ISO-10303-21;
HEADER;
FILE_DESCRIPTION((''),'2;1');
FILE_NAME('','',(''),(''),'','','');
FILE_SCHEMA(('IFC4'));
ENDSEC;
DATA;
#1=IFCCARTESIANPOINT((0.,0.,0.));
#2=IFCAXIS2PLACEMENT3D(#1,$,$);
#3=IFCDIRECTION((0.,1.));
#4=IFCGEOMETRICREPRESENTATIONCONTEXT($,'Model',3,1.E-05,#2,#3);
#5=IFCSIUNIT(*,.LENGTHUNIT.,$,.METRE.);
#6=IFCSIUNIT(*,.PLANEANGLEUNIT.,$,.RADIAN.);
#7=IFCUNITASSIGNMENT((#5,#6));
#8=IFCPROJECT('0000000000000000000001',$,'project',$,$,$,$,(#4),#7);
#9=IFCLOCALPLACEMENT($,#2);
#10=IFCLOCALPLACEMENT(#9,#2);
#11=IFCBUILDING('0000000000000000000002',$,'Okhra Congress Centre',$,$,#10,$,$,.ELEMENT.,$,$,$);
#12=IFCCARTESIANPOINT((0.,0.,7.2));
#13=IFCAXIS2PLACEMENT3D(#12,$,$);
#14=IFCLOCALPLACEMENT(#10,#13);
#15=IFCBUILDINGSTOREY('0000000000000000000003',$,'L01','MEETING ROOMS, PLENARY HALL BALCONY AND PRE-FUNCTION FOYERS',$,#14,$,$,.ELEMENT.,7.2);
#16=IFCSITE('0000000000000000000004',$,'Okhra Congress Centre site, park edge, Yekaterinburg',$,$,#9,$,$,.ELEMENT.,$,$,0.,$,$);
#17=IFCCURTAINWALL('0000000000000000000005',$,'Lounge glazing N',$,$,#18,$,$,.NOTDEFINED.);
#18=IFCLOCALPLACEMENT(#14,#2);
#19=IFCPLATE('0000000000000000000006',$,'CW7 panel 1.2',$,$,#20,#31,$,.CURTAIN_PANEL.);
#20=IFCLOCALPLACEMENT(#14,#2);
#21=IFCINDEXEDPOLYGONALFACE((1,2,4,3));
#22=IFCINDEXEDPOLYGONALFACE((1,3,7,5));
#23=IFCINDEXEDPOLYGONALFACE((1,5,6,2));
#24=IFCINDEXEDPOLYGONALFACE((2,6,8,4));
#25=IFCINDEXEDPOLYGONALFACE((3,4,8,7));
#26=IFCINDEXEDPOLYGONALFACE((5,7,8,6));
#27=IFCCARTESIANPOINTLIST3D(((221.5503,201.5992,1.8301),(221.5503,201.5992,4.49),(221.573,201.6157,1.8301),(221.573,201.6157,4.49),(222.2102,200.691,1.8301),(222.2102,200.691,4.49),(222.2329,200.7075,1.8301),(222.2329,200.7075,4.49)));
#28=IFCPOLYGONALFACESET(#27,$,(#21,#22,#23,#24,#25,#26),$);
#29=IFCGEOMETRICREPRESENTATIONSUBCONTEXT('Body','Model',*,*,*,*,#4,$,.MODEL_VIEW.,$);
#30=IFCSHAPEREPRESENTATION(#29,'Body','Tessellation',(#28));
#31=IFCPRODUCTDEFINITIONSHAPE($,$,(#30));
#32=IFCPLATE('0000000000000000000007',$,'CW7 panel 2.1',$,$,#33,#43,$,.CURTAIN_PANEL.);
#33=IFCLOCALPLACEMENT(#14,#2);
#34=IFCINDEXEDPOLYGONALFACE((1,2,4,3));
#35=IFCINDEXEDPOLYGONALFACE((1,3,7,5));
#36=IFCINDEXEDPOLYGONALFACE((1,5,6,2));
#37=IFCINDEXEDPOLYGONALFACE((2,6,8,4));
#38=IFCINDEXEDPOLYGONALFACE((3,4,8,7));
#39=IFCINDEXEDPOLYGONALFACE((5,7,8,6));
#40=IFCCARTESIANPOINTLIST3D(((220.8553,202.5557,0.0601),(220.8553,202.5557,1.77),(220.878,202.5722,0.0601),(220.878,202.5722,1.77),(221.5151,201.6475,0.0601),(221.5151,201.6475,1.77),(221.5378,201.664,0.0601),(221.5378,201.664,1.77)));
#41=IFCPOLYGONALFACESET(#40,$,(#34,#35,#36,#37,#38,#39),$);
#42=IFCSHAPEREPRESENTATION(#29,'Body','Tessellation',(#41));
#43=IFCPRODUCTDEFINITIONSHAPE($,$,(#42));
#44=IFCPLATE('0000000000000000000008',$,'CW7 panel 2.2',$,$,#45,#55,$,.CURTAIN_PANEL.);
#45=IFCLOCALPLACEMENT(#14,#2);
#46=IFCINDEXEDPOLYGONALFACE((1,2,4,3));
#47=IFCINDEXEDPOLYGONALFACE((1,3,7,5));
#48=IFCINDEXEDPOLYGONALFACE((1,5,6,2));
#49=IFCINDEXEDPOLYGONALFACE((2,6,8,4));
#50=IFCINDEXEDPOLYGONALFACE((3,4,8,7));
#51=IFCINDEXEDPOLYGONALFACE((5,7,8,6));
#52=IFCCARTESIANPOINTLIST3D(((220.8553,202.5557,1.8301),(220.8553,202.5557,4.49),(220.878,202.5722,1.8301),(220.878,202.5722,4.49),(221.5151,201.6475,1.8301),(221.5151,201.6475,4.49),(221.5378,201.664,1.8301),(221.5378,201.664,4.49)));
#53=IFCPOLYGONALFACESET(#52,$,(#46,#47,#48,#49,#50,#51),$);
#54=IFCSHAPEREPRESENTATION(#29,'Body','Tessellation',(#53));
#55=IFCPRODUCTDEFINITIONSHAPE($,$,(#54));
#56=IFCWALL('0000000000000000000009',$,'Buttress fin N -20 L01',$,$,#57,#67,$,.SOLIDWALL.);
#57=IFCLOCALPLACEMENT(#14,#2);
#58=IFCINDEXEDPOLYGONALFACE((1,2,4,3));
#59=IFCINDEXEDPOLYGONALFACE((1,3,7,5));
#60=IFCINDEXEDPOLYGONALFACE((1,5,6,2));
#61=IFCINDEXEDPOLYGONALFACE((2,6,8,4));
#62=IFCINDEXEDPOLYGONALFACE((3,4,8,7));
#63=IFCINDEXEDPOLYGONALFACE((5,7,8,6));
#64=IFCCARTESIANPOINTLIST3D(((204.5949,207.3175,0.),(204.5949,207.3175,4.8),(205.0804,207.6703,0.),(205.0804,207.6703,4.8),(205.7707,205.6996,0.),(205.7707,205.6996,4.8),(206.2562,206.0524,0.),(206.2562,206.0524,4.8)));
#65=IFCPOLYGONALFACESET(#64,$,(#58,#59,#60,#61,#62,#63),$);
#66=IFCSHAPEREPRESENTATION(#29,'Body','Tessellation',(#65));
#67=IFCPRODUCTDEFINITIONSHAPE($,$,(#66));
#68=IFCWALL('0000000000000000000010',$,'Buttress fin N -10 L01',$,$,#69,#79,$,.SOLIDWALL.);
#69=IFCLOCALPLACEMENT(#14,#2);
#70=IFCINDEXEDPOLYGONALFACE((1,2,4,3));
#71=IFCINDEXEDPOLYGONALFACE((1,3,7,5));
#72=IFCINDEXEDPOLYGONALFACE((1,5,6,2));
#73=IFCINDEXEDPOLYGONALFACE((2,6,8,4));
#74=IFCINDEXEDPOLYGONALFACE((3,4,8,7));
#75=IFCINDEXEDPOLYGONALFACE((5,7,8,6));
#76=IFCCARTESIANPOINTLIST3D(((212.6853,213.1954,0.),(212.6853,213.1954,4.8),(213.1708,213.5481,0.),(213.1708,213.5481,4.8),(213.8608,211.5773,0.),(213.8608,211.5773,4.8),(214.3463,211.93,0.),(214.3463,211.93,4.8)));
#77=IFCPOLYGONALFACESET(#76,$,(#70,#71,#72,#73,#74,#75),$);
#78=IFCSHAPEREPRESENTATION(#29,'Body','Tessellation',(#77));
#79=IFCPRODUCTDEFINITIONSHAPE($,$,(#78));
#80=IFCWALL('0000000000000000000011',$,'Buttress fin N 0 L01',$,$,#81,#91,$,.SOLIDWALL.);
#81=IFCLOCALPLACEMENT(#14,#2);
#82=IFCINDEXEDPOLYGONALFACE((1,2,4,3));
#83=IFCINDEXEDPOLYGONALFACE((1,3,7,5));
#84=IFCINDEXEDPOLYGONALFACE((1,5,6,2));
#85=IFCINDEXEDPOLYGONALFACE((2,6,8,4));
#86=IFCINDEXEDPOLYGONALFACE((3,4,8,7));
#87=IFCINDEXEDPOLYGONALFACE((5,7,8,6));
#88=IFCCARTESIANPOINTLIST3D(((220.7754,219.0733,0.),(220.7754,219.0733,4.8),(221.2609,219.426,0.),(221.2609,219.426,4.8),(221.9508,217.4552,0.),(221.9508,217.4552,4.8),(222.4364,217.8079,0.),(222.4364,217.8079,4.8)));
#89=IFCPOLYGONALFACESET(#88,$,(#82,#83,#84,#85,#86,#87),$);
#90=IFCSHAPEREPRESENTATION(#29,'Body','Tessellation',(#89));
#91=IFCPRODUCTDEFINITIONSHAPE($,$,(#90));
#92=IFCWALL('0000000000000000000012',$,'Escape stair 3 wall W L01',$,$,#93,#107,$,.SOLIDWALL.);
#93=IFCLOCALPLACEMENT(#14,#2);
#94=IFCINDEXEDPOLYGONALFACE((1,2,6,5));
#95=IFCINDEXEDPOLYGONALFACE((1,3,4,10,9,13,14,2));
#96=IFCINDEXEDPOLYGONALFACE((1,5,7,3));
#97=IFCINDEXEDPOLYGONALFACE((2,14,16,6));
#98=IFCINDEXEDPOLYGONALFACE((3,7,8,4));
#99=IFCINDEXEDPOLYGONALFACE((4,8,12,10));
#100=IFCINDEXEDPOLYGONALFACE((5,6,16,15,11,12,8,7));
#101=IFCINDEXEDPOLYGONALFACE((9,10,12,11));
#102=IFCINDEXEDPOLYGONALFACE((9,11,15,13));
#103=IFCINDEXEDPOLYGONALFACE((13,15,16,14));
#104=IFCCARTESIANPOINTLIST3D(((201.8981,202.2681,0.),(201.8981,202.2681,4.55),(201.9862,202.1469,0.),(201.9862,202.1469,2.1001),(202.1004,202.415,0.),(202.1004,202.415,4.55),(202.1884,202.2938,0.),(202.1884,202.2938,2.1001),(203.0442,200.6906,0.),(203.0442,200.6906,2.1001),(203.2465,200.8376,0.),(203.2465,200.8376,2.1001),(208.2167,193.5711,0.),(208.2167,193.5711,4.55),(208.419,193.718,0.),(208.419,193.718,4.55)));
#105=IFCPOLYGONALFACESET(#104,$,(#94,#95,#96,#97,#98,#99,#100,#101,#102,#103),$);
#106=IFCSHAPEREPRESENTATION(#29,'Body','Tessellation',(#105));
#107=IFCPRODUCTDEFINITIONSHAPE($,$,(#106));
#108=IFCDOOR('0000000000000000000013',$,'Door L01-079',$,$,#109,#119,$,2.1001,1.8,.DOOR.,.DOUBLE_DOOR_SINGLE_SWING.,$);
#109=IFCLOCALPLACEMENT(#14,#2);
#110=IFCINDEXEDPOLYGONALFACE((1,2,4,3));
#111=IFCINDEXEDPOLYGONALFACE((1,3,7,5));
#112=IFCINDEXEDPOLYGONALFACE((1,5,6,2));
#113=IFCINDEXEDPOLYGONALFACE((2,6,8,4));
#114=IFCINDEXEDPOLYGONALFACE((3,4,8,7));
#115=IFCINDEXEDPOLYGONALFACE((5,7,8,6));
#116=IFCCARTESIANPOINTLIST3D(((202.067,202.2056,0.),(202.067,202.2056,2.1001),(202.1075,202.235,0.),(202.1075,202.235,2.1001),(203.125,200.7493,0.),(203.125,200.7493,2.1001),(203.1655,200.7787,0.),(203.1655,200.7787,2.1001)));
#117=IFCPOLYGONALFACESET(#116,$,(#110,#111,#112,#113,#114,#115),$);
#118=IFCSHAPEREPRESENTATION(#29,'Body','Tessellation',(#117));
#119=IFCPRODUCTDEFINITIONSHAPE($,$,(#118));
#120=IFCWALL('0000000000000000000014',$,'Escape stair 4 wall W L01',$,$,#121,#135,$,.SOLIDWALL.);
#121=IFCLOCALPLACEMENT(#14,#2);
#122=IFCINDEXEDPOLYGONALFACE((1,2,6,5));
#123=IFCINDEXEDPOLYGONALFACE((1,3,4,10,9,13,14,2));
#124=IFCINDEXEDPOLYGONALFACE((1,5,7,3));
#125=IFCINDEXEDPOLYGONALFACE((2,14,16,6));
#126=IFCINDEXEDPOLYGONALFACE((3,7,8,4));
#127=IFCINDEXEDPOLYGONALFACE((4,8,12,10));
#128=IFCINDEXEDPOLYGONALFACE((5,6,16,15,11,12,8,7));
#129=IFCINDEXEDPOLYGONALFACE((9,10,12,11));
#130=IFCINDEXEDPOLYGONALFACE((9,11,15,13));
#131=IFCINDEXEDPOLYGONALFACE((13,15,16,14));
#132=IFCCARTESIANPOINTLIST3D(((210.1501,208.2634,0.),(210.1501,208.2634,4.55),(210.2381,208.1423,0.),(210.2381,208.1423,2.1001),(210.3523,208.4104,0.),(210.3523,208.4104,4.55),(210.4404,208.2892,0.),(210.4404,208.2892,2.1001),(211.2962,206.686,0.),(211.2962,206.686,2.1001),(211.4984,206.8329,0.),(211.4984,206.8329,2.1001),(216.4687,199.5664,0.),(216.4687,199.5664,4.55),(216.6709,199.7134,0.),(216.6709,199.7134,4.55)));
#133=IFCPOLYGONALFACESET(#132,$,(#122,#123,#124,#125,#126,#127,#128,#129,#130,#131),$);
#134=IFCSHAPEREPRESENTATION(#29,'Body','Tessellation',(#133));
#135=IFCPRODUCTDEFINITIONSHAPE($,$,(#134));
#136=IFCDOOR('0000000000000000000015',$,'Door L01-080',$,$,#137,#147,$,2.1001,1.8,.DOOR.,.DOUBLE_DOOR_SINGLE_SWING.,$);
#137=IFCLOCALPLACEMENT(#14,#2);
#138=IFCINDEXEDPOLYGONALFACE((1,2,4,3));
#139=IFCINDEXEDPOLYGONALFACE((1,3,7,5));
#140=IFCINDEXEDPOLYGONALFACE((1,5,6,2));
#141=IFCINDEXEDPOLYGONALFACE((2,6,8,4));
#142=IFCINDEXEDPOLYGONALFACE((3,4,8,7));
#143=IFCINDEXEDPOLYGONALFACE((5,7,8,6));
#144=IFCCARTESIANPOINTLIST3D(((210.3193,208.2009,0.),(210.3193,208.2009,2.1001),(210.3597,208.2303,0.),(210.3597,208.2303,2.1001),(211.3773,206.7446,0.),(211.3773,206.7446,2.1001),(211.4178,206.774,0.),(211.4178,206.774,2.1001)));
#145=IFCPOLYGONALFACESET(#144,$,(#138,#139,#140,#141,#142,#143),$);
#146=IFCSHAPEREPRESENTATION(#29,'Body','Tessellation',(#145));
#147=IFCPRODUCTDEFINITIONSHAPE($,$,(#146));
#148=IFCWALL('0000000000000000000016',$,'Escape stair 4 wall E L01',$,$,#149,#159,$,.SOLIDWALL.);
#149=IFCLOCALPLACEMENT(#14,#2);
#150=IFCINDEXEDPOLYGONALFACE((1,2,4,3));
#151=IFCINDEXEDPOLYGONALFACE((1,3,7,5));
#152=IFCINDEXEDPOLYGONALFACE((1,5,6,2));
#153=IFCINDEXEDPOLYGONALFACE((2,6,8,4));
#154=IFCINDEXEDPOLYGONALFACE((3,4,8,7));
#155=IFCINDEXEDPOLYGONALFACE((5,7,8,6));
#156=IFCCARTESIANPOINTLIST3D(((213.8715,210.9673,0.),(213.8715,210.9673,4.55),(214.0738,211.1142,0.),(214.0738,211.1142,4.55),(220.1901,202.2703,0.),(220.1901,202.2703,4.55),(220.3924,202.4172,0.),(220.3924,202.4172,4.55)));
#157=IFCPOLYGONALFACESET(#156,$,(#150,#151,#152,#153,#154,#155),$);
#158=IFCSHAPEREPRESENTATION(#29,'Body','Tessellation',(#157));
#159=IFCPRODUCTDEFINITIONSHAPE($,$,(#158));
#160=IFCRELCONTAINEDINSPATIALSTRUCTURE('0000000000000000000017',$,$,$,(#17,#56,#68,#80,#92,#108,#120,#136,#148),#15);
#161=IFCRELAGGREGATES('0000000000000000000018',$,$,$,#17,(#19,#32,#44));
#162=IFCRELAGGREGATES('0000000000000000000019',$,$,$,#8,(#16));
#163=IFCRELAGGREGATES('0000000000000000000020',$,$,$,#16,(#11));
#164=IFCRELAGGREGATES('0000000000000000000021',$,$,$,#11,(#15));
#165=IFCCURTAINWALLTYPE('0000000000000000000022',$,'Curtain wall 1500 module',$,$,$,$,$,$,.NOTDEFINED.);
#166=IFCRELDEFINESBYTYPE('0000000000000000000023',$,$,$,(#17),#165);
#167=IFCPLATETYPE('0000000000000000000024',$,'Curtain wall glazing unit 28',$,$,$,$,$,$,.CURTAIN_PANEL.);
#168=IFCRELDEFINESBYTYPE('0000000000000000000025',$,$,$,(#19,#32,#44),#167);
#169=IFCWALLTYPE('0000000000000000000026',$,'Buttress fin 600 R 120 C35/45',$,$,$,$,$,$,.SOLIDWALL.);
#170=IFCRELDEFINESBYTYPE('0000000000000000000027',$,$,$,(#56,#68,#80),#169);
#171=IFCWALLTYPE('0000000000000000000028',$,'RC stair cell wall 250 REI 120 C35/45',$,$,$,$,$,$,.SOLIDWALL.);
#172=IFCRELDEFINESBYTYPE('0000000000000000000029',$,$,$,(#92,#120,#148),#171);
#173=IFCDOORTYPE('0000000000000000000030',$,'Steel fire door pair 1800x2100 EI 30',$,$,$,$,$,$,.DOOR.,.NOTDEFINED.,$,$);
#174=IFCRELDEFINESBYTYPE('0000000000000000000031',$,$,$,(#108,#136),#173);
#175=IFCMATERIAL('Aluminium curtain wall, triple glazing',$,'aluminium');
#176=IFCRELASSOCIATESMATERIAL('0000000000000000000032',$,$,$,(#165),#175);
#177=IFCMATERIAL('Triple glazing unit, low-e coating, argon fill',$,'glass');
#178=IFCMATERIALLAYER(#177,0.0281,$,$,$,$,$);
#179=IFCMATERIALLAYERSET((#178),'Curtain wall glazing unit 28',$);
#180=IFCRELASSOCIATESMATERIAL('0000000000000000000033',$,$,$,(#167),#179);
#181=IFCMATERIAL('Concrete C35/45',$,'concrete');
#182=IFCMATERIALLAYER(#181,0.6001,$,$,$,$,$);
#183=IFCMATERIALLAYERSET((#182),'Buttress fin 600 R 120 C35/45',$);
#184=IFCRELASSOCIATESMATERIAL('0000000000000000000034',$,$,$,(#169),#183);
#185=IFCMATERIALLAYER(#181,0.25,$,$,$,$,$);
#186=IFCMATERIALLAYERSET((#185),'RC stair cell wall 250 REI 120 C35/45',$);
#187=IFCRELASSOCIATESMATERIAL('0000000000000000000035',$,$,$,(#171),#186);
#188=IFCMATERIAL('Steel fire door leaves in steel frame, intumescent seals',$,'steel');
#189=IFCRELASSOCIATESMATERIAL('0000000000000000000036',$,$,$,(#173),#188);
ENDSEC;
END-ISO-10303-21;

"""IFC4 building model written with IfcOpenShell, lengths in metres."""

from ifc_helpers import new_model, si_unit, direction, frame, frame_2d, origin, origin_2d, place, context, subcontext, project, spatial, rectangle, extrude, material, layer, layer_set, type_object, element, fill, aggregate, save


model = new_model("IFC4")

# Units and contexts
model_context = context("Model", 3, precision=1e-05, world=origin(), true_north=direction((0.0, 1.0)))
body_context = subcontext(model_context, "Body", "Model", "MODEL_VIEW")
ifc_project = project(units=[si_unit("LENGTHUNIT", "METRE"), si_unit("PLANEANGLEUNIT", "RADIAN")], contexts=[model_context])

# Site, building, storey
site_placement = place(None, origin())
site = spatial("IfcSite", under=ifc_project, at=site_placement, Name="Okhra Congress Centre site, park edge, Yekaterinburg", CompositionType="ELEMENT", RefElevation=0.0)
building_placement = place(site_placement, origin())
building = spatial("IfcBuilding", under=site, at=building_placement, Name="Okhra Congress Centre", CompositionType="ELEMENT")
storey_placement = place(building_placement, frame((0.0, 0.0, 7.2)))
storey = spatial("IfcBuildingStorey", under=building, at=storey_placement, Name="L01", Description="MEETING ROOMS, PLENARY HALL BALCONY AND PRE-FUNCTION FOYERS", CompositionType="ELEMENT", Elevation=7.2)

# Curtain wall, plates
ifc_material_1 = material(Name="Aluminium curtain wall, triple glazing", Category="aluminium")
curtain_wall_type = type_object("IfcCurtainWallType", Name="Curtain wall 1500 module", PredefinedType="NOTDEFINED", material=ifc_material_1)
curtain_wall_placement = place(storey_placement, origin())
curtain_wall = element("IfcCurtainWall", 1, at=curtain_wall_placement, inside=storey, type_object=curtain_wall_type, Name="Lounge glazing N", PredefinedType="NOTDEFINED")
ifc_material_2 = material(Name="Triple glazing unit, low-e coating, argon fill", Category="glass")
ifc_layer_1 = layer(ifc_material_2, 0.0281)
ifc_layer_set_1 = layer_set([ifc_layer_1], Name="Curtain wall glazing unit 28")
plate_type = type_object("IfcPlateType", Name="Curtain wall glazing unit 28", PredefinedType="CURTAIN_PANEL", material=ifc_layer_set_1)
plate_1_placement = place(storey_placement, frame((221.8916, 201.1533, 1.8301), z_axis=(0.0, 0.0, 1.0), x_axis=(-0.587785, 0.809017, 0.0)))
plate_1 = element("IfcPlate", 2, at=plate_1_placement, type_object=plate_type, Name="CW7 panel 1.2", PredefinedType="CURTAIN_PANEL", context=body_context, shape_type="SweptSolid", body=[
    extrude(rectangle(XDim=1.1226, YDim=0.0281, at=origin_2d()), origin(), (0.0, 0.0, 1.0), 2.6599),
])
plate_2_placement = place(storey_placement, frame((221.1965, 202.1099, 0.0601), z_axis=(0.0, 0.0, 1.0), x_axis=(-0.587785, 0.809017, 0.0)))
plate_2 = element("IfcPlate", 3, at=plate_2_placement, type_object=plate_type, Name="CW7 panel 2.1", PredefinedType="CURTAIN_PANEL", context=body_context, shape_type="SweptSolid", body=[
    extrude(rectangle(XDim=1.1226, YDim=0.0281, at=origin_2d()), origin(), (0.0, 0.0, 1.0), 1.71),
])
plate_3_placement = place(storey_placement, frame((221.1965, 202.1099, 1.8301), z_axis=(0.0, 0.0, 1.0), x_axis=(-0.587785, 0.809017, 0.0)))
plate_3 = element("IfcPlate", 4, at=plate_3_placement, type_object=plate_type, Name="CW7 panel 2.2", PredefinedType="CURTAIN_PANEL", context=body_context, shape_type="SweptSolid", body=[
    extrude(rectangle(XDim=1.1226, YDim=0.0281, at=origin_2d()), origin(), (0.0, 0.0, 1.0), 2.6599),
])
aggregate(curtain_wall, [plate_1, plate_2, plate_3])

# Walls
ifc_material_3 = material(Name="Concrete C35/45", Category="concrete")
ifc_layer_2 = layer(ifc_material_3, 0.6001)
ifc_layer_set_2 = layer_set([ifc_layer_2], Name="Buttress fin 600 R 120 C35/45")
wall_type_1 = type_object("IfcWallType", Name="Buttress fin 600 R 120 C35/45", PredefinedType="SOLIDWALL", material=ifc_layer_set_2)
for number, where, z_axis, x_axis, name in (
    (5, (206.0134, 205.876, 0.0), (0.0, 0.0, 1.0), (-0.587881, 0.808947, 0.0), "Buttress fin N -20 L01"),
    (6, (214.1035, 211.7537, 0.0), (0.0, 0.0, 1.0), (-0.587743, 0.809047, 0.0), "Buttress fin N -10 L01"),
    (7, (222.1936, 217.6316, 0.0), (0.0, 0.0, 1.0), (-0.587743, 0.809047, 0.0), "Buttress fin N 0 L01"),
):
    element("IfcWall", number, at=place(storey_placement, frame(where, z_axis=z_axis, x_axis=x_axis)), inside=storey, type_object=wall_type_1, Name=name, PredefinedType="SOLIDWALL", context=body_context, shape_type="SweptSolid", body=[
        extrude(rectangle(XDim=2.0, YDim=0.6001, at=frame_2d((1.0, 0.0))), origin(), (0.0, 0.0, 1.0), 4.8),
    ])

# Walls, openings, doors
ifc_layer_3 = layer(ifc_material_3, 0.25)
ifc_layer_set_3 = layer_set([ifc_layer_3], Name="RC stair cell wall 250 REI 120 C35/45")
wall_type_2 = type_object("IfcWallType", Name="RC stair cell wall 250 REI 120 C35/45", PredefinedType="SOLIDWALL", material=ifc_layer_set_3)
wall_1_placement = place(storey_placement, frame((201.9993, 202.3416, 0.0), z_axis=(0.0, 0.0, 1.0), x_axis=(0.587776, -0.809024, 0.0)))
wall_1 = element("IfcWall", 8, at=wall_1_placement, inside=storey, type_object=wall_type_2, Name="Escape stair 3 wall W L01", PredefinedType="SOLIDWALL", context=body_context, shape_type="SweptSolid", body=[
    extrude(rectangle(XDim=10.75, YDim=0.25, at=frame_2d((5.375, 0.0))), origin(), (0.0, 0.0, 1.0), 4.55),
])
opening_1_placement = place(wall_1_placement, frame((0.1499, 0.0, 0.0)))
opening_1 = element("IfcOpeningElement", 9, at=opening_1_placement, cuts=wall_1, PredefinedType="OPENING", context=body_context, shape_type="SweptSolid", body=[
    extrude(rectangle(XDim=1.8, YDim=2.1001, at=frame_2d((0.8999, 1.05))), frame((0.0, 0.135, 0.0), z_axis=(0.0, -1.0, 0.0), x_axis=(1.0, 0.0, 0.0)), (0.0, 0.0, 1.0), 0.27),
])
ifc_material_4 = material(Name="Steel fire door leaves in steel frame, intumescent seals", Category="steel")
door_type = type_object("IfcDoorType", Name="Steel fire door pair 1800x2100 EI 30", OperationType="NOTDEFINED", PredefinedType="DOOR", material=ifc_material_4)
door_1_placement = place(opening_1_placement, origin())
door_1 = element("IfcDoor", 10, at=door_1_placement, inside=storey, type_object=door_type, Name="Door L01-079", OperationType="DOUBLE_DOOR_SINGLE_SWING", OverallHeight=2.1001, OverallWidth=1.8, PredefinedType="DOOR", context=body_context, shape_type="SweptSolid", body=[
    extrude(rectangle(XDim=1.8, YDim=2.1001, at=frame_2d((0.8999, 1.05))), frame((0.0, 0.0249, 0.0), z_axis=(0.0, -1.0, 0.0), x_axis=(1.0, 0.0, 0.0)), (0.0, 0.0, 1.0), 0.05),
])
fill(opening_1, door_1)
wall_2_placement = place(storey_placement, frame((210.2512, 208.3369, 0.0), z_axis=(0.0, 0.0, 1.0), x_axis=(0.587776, -0.809024, 0.0)))
wall_2 = element("IfcWall", 11, at=wall_2_placement, inside=storey, type_object=wall_type_2, Name="Escape stair 4 wall W L01", PredefinedType="SOLIDWALL", context=body_context, shape_type="SweptSolid", body=[
    extrude(rectangle(XDim=10.75, YDim=0.25, at=frame_2d((5.375, 0.0))), origin(), (0.0, 0.0, 1.0), 4.55),
])
opening_2_placement = place(wall_2_placement, frame((0.1499, 0.0, 0.0)))
opening_2 = element("IfcOpeningElement", 12, at=opening_2_placement, cuts=wall_2, PredefinedType="OPENING", context=body_context, shape_type="SweptSolid", body=[
    extrude(rectangle(XDim=1.8, YDim=2.1001, at=frame_2d((0.8999, 1.05))), frame((0.0, 0.135, 0.0), z_axis=(0.0, -1.0, 0.0), x_axis=(1.0, 0.0, 0.0)), (0.0, 0.0, 1.0), 0.27),
])
door_2_placement = place(opening_2_placement, frame((1.8, 0.0, 0.0), z_axis=(0.0, 0.0, 1.0), x_axis=(-1.0, 0.0, 0.0)))
door_2 = element("IfcDoor", 13, at=door_2_placement, inside=storey, type_object=door_type, Name="Door L01-080", OperationType="DOUBLE_DOOR_SINGLE_SWING", OverallHeight=2.1001, OverallWidth=1.8, PredefinedType="DOOR", context=body_context, shape_type="SweptSolid", body=[
    extrude(rectangle(XDim=1.8, YDim=2.1001, at=frame_2d((0.8999, 1.05))), frame((0.0, 0.0249, 0.0), z_axis=(0.0, -1.0, 0.0), x_axis=(1.0, 0.0, 0.0)), (0.0, 0.0, 1.0), 0.05),
])
fill(opening_2, door_2)

# Wall
wall_3_placement = place(storey_placement, frame((213.9727, 211.0408, 0.0), z_axis=(0.0, 0.0, 1.0), x_axis=(0.587776, -0.809024, 0.0)))
element("IfcWall", 14, at=wall_3_placement, inside=storey, type_object=wall_type_2, Name="Escape stair 4 wall E L01", PredefinedType="SOLIDWALL", context=body_context, shape_type="SweptSolid", body=[
    extrude(rectangle(XDim=10.75, YDim=0.25, at=frame_2d((5.375, 0.0))), origin(), (0.0, 0.0, 1.0), 4.55),
])

save(model, "model.ifc")
